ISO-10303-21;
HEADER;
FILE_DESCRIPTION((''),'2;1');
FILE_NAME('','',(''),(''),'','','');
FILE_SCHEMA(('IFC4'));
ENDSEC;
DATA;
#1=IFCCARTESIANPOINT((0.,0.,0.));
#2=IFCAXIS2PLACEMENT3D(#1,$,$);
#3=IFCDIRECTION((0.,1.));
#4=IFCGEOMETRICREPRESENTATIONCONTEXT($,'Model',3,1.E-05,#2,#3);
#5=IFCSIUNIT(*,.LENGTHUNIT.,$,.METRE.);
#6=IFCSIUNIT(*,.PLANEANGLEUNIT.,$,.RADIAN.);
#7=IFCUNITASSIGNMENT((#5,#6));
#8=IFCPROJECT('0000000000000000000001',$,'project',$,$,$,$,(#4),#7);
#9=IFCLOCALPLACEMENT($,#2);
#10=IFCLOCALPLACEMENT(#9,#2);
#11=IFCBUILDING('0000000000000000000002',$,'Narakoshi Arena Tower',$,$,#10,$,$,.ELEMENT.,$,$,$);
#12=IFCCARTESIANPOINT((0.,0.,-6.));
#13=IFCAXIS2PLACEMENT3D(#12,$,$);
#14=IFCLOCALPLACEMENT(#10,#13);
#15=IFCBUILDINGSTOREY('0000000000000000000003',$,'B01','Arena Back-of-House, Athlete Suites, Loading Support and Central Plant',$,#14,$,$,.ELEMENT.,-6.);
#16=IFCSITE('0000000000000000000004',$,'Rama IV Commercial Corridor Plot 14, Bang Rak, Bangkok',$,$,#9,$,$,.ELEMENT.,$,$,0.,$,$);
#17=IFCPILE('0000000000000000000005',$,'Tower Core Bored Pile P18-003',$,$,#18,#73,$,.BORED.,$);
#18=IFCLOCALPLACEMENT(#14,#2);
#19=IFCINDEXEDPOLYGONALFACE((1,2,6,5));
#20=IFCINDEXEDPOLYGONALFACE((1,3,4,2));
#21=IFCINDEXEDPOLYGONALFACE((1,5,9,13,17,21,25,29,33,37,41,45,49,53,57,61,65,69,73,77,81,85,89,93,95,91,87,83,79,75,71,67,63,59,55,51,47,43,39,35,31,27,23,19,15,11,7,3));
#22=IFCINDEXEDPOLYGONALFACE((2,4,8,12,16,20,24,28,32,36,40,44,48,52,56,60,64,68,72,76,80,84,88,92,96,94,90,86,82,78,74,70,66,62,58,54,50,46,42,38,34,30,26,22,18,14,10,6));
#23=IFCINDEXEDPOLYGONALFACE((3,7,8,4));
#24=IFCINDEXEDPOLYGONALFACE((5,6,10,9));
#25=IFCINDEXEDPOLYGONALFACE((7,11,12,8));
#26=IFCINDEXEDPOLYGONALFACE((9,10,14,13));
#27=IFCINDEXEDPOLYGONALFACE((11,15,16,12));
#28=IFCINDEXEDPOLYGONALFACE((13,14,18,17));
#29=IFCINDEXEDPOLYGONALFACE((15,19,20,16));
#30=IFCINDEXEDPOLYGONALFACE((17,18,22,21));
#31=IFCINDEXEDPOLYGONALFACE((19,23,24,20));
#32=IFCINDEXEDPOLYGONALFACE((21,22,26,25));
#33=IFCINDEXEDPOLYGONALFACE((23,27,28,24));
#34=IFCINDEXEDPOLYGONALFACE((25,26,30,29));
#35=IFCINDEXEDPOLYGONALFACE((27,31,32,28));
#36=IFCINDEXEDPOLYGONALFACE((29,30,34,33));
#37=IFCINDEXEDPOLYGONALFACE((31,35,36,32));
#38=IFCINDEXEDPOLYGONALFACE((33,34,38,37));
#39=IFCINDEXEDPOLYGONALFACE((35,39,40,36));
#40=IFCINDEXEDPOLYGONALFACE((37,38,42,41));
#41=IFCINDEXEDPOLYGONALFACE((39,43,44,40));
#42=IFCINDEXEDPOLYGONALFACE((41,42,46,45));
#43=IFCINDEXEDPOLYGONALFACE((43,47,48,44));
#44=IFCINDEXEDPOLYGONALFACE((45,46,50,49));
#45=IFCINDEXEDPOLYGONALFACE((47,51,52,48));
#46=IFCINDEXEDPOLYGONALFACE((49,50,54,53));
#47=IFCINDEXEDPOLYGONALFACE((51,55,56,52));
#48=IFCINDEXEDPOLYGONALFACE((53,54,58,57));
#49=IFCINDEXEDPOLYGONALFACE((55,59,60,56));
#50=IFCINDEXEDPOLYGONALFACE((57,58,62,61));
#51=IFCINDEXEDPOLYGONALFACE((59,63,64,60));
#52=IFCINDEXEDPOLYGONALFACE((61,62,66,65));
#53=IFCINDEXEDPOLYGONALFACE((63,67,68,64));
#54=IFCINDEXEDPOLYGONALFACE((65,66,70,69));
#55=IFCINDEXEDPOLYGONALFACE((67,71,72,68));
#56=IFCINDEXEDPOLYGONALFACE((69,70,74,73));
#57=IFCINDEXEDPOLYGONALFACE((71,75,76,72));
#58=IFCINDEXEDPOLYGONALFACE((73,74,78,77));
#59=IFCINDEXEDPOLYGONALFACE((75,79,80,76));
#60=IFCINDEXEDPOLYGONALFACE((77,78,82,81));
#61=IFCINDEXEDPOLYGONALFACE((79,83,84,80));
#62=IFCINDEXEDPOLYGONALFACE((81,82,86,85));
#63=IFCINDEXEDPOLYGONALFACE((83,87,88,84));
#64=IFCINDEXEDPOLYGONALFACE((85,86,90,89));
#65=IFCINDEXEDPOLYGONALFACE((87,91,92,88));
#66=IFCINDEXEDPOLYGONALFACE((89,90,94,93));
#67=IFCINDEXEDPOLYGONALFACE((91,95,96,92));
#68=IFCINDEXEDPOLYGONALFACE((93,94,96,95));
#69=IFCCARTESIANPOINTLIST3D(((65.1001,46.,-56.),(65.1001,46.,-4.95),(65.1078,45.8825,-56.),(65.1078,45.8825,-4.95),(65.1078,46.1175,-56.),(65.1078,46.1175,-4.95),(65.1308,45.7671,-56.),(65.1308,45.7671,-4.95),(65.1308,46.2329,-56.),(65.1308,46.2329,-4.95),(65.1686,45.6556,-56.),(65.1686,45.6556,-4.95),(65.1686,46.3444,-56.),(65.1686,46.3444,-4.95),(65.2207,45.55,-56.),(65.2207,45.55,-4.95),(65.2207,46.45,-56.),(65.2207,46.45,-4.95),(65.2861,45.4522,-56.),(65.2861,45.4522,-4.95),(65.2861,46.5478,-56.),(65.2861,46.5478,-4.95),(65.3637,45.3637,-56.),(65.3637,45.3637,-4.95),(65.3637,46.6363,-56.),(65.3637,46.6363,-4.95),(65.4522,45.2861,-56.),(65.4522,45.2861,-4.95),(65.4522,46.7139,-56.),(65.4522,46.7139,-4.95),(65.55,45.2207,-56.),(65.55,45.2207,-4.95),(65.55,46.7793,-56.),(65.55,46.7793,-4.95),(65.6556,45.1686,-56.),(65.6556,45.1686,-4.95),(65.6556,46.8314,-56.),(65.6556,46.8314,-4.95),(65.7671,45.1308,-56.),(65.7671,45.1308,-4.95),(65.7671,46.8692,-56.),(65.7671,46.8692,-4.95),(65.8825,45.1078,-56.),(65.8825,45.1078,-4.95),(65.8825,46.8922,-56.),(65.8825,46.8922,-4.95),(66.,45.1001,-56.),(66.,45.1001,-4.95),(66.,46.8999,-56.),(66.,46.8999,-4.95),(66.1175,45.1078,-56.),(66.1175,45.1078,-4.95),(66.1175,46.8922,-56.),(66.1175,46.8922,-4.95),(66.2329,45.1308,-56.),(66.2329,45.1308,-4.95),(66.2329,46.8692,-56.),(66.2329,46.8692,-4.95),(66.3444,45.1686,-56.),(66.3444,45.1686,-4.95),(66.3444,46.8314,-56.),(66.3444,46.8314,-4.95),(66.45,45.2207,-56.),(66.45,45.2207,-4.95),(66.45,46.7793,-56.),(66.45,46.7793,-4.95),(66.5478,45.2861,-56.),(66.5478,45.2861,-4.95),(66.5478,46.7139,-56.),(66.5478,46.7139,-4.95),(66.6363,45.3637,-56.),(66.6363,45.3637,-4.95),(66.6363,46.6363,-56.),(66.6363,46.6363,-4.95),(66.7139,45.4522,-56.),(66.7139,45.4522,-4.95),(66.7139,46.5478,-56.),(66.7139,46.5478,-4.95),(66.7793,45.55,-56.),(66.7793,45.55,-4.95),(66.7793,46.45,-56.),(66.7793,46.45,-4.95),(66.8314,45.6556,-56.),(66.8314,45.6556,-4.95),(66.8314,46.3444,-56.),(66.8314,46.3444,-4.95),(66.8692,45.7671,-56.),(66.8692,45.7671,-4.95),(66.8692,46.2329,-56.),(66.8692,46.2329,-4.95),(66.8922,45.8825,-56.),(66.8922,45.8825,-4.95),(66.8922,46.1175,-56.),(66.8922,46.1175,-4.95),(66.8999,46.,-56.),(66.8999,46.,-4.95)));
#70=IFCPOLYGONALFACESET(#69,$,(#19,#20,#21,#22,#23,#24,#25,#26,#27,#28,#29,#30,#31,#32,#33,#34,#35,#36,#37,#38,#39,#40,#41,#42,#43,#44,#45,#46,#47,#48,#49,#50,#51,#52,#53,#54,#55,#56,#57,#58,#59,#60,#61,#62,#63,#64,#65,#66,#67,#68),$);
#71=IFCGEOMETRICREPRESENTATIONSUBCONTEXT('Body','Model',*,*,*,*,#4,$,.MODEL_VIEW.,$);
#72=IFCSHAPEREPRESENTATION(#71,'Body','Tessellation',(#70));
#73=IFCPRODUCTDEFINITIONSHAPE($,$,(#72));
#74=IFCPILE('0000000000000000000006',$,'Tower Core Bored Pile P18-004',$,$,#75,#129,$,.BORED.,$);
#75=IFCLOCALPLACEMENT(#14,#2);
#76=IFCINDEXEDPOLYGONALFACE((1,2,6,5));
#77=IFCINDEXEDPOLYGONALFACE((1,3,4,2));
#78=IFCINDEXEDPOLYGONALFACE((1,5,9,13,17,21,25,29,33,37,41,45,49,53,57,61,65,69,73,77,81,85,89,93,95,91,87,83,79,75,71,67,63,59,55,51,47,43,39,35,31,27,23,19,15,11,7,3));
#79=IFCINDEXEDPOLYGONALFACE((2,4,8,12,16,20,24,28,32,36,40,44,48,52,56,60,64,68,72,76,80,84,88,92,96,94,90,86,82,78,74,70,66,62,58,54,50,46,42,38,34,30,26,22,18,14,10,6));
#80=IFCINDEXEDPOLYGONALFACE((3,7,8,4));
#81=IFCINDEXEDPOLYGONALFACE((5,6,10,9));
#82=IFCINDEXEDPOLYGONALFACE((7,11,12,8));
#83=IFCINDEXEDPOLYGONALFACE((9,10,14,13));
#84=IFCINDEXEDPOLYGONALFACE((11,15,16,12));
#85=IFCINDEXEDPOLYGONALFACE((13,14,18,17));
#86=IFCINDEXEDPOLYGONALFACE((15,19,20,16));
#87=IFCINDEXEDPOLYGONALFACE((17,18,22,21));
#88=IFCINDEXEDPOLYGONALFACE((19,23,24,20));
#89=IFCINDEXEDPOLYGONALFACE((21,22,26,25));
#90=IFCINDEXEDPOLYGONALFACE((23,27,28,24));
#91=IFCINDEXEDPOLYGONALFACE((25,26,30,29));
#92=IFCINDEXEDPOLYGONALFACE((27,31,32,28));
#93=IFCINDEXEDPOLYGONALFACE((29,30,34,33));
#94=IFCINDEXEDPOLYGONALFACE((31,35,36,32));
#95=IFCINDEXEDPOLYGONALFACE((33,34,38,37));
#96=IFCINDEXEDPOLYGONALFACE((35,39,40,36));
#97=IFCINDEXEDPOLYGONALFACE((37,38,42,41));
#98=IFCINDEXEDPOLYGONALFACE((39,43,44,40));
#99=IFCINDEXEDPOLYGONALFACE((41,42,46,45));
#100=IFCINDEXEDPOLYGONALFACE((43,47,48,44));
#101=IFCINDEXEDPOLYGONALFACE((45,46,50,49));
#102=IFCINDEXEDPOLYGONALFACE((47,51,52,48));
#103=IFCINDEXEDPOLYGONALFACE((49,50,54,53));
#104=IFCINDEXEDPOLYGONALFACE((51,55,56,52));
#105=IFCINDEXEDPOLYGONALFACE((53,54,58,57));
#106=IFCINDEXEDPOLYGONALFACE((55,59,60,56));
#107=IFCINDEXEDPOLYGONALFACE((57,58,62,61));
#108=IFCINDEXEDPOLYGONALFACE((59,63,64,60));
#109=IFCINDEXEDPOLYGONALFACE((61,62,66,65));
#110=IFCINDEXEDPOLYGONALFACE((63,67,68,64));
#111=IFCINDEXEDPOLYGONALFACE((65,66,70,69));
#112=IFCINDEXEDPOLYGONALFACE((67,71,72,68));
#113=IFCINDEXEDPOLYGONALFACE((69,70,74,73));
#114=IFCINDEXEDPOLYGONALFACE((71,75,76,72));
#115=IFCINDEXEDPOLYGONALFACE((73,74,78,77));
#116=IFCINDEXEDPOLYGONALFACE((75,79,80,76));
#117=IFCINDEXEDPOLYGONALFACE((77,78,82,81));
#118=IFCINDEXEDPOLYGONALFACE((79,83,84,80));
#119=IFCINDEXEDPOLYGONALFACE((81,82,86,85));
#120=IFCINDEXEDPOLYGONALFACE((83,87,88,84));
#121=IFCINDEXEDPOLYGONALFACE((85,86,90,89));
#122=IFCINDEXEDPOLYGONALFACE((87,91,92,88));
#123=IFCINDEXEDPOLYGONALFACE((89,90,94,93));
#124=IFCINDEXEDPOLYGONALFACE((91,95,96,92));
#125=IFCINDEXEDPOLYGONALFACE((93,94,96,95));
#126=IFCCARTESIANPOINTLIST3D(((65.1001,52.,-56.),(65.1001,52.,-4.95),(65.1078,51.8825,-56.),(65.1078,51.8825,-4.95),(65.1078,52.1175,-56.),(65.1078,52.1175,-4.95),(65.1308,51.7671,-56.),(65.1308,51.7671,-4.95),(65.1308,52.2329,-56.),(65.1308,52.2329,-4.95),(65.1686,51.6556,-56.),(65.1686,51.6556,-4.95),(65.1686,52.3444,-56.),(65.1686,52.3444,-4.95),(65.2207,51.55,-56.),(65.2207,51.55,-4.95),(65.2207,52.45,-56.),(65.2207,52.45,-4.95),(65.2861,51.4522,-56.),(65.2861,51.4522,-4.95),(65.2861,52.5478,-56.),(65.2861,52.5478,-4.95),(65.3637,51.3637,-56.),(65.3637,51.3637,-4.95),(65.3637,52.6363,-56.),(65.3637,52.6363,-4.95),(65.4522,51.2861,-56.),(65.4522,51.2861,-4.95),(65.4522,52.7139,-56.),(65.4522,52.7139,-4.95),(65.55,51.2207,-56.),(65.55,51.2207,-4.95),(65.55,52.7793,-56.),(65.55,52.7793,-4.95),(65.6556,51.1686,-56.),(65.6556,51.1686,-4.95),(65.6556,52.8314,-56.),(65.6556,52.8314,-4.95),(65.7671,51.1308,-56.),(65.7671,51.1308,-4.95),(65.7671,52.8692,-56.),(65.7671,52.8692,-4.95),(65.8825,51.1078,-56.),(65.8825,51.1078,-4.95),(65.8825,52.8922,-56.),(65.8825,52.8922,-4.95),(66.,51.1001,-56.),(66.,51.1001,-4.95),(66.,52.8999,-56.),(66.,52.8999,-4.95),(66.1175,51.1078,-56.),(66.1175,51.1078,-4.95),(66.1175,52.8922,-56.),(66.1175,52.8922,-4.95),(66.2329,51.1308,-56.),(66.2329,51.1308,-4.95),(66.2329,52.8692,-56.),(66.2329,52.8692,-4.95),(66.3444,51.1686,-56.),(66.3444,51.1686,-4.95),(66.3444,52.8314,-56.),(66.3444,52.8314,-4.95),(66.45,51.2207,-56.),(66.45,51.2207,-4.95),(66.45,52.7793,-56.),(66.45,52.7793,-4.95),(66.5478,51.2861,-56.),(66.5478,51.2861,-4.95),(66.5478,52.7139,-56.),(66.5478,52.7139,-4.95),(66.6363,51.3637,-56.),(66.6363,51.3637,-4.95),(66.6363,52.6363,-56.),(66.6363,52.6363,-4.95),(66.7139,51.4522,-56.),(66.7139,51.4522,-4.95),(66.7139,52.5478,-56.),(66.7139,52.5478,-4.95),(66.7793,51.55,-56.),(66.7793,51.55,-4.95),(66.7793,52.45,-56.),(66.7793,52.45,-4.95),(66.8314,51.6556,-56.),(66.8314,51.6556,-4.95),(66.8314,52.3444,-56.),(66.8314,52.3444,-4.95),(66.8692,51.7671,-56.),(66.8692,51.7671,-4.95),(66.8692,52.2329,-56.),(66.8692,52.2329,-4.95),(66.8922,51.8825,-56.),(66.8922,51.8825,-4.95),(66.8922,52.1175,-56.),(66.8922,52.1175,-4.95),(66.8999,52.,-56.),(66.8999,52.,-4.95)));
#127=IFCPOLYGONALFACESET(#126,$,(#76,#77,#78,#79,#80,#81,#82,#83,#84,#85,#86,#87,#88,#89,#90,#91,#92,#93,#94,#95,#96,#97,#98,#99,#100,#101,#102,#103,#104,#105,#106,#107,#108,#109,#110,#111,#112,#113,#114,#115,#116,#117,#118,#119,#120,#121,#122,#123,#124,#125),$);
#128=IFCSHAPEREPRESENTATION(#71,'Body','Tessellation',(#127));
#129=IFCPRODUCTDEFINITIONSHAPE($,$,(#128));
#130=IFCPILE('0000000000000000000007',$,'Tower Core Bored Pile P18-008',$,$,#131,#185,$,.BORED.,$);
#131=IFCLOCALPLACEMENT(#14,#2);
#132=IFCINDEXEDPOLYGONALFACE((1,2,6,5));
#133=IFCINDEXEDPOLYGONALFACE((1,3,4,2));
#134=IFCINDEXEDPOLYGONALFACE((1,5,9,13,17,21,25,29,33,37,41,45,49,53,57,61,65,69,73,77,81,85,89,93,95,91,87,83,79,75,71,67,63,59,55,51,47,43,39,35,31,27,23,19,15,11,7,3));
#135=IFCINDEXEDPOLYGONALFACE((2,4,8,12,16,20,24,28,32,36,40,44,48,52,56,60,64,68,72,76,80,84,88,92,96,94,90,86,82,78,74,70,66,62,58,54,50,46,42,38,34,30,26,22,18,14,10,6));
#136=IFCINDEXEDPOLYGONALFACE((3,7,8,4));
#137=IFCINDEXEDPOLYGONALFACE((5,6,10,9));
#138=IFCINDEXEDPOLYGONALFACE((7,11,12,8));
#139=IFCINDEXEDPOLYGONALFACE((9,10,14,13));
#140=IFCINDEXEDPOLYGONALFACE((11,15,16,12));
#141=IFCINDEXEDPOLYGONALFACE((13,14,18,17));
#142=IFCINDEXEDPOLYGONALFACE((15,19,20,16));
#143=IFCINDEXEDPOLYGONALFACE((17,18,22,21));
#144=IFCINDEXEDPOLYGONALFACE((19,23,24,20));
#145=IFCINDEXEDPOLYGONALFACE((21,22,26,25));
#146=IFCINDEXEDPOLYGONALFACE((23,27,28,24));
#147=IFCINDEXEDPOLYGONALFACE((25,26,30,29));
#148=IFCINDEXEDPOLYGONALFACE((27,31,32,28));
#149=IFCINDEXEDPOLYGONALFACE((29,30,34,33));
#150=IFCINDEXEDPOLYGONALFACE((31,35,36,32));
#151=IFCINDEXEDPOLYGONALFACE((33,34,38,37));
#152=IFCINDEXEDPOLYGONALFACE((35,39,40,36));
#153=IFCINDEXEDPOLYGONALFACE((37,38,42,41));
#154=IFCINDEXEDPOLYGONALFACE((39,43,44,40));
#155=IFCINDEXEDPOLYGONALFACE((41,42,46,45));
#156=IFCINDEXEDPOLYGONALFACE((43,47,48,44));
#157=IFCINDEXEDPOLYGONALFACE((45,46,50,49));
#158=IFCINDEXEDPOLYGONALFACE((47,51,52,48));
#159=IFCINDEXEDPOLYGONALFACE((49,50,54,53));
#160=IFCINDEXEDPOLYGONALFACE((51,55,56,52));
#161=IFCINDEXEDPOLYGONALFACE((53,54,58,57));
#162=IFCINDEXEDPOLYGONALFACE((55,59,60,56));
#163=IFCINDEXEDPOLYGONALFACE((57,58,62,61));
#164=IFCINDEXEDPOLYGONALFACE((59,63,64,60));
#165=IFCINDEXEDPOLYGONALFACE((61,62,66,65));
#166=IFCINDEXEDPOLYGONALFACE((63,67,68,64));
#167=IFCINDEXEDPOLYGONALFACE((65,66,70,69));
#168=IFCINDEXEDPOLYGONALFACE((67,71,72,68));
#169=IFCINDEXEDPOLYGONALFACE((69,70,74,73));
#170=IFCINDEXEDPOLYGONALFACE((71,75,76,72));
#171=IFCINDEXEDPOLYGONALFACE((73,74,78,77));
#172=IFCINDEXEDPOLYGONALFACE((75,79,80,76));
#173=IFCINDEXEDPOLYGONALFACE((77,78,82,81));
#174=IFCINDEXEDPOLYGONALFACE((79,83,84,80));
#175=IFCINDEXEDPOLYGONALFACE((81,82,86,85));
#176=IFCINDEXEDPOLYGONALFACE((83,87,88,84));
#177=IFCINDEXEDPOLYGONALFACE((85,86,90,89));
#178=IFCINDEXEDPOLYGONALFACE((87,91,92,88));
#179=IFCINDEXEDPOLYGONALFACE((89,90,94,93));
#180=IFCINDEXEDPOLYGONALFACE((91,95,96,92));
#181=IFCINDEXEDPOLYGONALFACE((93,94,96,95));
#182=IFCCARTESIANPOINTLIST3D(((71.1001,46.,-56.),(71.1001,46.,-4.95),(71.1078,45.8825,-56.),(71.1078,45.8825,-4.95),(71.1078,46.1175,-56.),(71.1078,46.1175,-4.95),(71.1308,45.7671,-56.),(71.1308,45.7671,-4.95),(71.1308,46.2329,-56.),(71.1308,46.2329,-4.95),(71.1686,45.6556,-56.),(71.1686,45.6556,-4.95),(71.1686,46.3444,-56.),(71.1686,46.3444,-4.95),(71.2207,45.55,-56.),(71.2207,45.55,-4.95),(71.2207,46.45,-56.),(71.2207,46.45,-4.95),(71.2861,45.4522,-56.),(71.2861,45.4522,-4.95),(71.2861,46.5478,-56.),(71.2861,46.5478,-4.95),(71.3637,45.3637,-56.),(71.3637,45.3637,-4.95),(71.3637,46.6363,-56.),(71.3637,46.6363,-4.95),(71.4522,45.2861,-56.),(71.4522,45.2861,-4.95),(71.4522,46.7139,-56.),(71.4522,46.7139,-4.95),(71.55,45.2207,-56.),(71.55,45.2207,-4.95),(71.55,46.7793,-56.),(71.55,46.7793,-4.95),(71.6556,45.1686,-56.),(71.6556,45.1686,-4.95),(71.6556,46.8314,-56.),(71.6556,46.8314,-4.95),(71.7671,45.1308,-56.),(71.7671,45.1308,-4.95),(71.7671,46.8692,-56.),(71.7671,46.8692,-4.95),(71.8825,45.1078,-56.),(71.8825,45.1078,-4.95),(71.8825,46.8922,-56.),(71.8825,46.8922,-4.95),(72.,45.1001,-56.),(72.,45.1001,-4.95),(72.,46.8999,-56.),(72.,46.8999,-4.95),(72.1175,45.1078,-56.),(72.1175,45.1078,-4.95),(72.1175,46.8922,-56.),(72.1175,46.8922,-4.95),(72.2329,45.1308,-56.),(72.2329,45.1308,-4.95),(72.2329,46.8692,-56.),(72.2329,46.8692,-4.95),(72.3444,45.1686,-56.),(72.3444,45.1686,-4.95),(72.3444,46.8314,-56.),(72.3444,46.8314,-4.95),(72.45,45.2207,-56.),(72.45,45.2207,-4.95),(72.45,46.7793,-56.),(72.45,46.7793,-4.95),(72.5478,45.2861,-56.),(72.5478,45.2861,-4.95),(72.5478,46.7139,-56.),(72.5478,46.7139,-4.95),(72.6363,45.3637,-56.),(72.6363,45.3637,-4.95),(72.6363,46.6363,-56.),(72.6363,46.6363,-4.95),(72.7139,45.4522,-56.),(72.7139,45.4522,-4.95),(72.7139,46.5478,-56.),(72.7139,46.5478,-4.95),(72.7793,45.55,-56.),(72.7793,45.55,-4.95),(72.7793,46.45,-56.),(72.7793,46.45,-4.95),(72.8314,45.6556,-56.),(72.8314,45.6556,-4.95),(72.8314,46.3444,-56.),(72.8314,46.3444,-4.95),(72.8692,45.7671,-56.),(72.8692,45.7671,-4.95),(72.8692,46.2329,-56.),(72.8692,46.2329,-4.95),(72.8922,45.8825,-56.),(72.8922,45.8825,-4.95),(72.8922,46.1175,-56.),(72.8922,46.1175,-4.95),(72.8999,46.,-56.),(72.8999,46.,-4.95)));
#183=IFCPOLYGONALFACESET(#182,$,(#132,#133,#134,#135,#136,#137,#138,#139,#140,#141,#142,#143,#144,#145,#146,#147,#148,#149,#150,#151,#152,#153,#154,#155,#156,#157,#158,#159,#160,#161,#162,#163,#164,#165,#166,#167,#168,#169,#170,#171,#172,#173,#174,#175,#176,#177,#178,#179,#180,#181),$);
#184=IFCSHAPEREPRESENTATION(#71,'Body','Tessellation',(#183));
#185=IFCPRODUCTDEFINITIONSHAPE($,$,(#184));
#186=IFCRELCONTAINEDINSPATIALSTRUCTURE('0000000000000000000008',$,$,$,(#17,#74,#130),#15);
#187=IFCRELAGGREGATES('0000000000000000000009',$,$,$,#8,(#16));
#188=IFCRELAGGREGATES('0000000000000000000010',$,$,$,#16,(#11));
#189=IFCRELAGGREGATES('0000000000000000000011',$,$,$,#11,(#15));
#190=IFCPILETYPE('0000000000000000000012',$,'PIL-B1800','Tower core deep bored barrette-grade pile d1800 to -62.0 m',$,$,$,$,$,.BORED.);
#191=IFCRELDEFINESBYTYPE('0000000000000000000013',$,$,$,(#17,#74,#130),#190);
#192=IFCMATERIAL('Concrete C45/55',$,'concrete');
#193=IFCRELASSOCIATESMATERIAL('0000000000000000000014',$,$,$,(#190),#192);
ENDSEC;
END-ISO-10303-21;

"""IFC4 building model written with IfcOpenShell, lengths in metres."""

from ifc_helpers import new_model, si_unit, direction, frame, origin, origin_2d, place, context, subcontext, project, spatial, circle, extrude, material, material_profile, profile_set, type_object, element, save


model = new_model("IFC4")

# Units and contexts
model_context = context("Model", 3, precision=1e-05, world=origin(), true_north=direction((0.0, 1.0)))
body_context = subcontext(model_context, "Body", "Model", "MODEL_VIEW")
ifc_project = project(units=[si_unit("LENGTHUNIT", "METRE"), si_unit("PLANEANGLEUNIT", "RADIAN")], contexts=[model_context])

# Site, building, storey
site_placement = place(None, origin())
site = spatial("IfcSite", under=ifc_project, at=site_placement, Name="Rama IV Commercial Corridor Plot 14, Bang Rak, Bangkok", CompositionType="ELEMENT", RefElevation=0.0)
building_placement = place(site_placement, origin())
building = spatial("IfcBuilding", under=site, at=building_placement, Name="Narakoshi Arena Tower", CompositionType="ELEMENT")
storey_placement = place(building_placement, frame((0.0, 0.0, -6.0)))
storey = spatial("IfcBuildingStorey", under=building, at=storey_placement, Name="B01", Description="Arena Back-of-House, Athlete Suites, Loading Support and Central Plant", CompositionType="ELEMENT", Elevation=-6.0)

# Piles
ifc_material_1 = material(Name="Concrete C45/55", Category="concrete")
ifc_material_profile_1 = material_profile(ifc_material_1, circle(Radius=0.8999, at=origin_2d()), Name="PILE-D1800")
ifc_profile_set_1 = profile_set([ifc_material_profile_1], Name="Concrete C45/55")
pile_type = type_object("IfcPileType", Name="PIL-B1800", Description="Tower core deep bored barrette-grade pile d1800 to -62.0 m", PredefinedType="BORED", material=ifc_profile_set_1)
for number, where, z_axis, x_axis, name in (
    (1, (66.0, 46.0, -4.95), (0.0, 0.0, -1.0), (1.0, 0.0, 0.0), "Tower Core Bored Pile P18-003"),
    (2, (66.0, 52.0, -4.95), (0.0, 0.0, -1.0), (1.0, 0.0, 0.0), "Tower Core Bored Pile P18-004"),
    (3, (72.0, 46.0, -4.95), (0.0, 0.0, -1.0), (1.0, 0.0, 0.0), "Tower Core Bored Pile P18-008"),
):
    element("IfcPile", number, at=place(storey_placement, frame(where, z_axis=z_axis, x_axis=x_axis)), inside=storey, type_object=pile_type, Name=name, PredefinedType="BORED", context=body_context, shape_type="SweptSolid", body=[
        extrude(circle(Radius=0.8999, at=origin_2d()), origin(), (0.0, 0.0, 1.0), 51.05),
    ])

save(model, "model.ifc")
